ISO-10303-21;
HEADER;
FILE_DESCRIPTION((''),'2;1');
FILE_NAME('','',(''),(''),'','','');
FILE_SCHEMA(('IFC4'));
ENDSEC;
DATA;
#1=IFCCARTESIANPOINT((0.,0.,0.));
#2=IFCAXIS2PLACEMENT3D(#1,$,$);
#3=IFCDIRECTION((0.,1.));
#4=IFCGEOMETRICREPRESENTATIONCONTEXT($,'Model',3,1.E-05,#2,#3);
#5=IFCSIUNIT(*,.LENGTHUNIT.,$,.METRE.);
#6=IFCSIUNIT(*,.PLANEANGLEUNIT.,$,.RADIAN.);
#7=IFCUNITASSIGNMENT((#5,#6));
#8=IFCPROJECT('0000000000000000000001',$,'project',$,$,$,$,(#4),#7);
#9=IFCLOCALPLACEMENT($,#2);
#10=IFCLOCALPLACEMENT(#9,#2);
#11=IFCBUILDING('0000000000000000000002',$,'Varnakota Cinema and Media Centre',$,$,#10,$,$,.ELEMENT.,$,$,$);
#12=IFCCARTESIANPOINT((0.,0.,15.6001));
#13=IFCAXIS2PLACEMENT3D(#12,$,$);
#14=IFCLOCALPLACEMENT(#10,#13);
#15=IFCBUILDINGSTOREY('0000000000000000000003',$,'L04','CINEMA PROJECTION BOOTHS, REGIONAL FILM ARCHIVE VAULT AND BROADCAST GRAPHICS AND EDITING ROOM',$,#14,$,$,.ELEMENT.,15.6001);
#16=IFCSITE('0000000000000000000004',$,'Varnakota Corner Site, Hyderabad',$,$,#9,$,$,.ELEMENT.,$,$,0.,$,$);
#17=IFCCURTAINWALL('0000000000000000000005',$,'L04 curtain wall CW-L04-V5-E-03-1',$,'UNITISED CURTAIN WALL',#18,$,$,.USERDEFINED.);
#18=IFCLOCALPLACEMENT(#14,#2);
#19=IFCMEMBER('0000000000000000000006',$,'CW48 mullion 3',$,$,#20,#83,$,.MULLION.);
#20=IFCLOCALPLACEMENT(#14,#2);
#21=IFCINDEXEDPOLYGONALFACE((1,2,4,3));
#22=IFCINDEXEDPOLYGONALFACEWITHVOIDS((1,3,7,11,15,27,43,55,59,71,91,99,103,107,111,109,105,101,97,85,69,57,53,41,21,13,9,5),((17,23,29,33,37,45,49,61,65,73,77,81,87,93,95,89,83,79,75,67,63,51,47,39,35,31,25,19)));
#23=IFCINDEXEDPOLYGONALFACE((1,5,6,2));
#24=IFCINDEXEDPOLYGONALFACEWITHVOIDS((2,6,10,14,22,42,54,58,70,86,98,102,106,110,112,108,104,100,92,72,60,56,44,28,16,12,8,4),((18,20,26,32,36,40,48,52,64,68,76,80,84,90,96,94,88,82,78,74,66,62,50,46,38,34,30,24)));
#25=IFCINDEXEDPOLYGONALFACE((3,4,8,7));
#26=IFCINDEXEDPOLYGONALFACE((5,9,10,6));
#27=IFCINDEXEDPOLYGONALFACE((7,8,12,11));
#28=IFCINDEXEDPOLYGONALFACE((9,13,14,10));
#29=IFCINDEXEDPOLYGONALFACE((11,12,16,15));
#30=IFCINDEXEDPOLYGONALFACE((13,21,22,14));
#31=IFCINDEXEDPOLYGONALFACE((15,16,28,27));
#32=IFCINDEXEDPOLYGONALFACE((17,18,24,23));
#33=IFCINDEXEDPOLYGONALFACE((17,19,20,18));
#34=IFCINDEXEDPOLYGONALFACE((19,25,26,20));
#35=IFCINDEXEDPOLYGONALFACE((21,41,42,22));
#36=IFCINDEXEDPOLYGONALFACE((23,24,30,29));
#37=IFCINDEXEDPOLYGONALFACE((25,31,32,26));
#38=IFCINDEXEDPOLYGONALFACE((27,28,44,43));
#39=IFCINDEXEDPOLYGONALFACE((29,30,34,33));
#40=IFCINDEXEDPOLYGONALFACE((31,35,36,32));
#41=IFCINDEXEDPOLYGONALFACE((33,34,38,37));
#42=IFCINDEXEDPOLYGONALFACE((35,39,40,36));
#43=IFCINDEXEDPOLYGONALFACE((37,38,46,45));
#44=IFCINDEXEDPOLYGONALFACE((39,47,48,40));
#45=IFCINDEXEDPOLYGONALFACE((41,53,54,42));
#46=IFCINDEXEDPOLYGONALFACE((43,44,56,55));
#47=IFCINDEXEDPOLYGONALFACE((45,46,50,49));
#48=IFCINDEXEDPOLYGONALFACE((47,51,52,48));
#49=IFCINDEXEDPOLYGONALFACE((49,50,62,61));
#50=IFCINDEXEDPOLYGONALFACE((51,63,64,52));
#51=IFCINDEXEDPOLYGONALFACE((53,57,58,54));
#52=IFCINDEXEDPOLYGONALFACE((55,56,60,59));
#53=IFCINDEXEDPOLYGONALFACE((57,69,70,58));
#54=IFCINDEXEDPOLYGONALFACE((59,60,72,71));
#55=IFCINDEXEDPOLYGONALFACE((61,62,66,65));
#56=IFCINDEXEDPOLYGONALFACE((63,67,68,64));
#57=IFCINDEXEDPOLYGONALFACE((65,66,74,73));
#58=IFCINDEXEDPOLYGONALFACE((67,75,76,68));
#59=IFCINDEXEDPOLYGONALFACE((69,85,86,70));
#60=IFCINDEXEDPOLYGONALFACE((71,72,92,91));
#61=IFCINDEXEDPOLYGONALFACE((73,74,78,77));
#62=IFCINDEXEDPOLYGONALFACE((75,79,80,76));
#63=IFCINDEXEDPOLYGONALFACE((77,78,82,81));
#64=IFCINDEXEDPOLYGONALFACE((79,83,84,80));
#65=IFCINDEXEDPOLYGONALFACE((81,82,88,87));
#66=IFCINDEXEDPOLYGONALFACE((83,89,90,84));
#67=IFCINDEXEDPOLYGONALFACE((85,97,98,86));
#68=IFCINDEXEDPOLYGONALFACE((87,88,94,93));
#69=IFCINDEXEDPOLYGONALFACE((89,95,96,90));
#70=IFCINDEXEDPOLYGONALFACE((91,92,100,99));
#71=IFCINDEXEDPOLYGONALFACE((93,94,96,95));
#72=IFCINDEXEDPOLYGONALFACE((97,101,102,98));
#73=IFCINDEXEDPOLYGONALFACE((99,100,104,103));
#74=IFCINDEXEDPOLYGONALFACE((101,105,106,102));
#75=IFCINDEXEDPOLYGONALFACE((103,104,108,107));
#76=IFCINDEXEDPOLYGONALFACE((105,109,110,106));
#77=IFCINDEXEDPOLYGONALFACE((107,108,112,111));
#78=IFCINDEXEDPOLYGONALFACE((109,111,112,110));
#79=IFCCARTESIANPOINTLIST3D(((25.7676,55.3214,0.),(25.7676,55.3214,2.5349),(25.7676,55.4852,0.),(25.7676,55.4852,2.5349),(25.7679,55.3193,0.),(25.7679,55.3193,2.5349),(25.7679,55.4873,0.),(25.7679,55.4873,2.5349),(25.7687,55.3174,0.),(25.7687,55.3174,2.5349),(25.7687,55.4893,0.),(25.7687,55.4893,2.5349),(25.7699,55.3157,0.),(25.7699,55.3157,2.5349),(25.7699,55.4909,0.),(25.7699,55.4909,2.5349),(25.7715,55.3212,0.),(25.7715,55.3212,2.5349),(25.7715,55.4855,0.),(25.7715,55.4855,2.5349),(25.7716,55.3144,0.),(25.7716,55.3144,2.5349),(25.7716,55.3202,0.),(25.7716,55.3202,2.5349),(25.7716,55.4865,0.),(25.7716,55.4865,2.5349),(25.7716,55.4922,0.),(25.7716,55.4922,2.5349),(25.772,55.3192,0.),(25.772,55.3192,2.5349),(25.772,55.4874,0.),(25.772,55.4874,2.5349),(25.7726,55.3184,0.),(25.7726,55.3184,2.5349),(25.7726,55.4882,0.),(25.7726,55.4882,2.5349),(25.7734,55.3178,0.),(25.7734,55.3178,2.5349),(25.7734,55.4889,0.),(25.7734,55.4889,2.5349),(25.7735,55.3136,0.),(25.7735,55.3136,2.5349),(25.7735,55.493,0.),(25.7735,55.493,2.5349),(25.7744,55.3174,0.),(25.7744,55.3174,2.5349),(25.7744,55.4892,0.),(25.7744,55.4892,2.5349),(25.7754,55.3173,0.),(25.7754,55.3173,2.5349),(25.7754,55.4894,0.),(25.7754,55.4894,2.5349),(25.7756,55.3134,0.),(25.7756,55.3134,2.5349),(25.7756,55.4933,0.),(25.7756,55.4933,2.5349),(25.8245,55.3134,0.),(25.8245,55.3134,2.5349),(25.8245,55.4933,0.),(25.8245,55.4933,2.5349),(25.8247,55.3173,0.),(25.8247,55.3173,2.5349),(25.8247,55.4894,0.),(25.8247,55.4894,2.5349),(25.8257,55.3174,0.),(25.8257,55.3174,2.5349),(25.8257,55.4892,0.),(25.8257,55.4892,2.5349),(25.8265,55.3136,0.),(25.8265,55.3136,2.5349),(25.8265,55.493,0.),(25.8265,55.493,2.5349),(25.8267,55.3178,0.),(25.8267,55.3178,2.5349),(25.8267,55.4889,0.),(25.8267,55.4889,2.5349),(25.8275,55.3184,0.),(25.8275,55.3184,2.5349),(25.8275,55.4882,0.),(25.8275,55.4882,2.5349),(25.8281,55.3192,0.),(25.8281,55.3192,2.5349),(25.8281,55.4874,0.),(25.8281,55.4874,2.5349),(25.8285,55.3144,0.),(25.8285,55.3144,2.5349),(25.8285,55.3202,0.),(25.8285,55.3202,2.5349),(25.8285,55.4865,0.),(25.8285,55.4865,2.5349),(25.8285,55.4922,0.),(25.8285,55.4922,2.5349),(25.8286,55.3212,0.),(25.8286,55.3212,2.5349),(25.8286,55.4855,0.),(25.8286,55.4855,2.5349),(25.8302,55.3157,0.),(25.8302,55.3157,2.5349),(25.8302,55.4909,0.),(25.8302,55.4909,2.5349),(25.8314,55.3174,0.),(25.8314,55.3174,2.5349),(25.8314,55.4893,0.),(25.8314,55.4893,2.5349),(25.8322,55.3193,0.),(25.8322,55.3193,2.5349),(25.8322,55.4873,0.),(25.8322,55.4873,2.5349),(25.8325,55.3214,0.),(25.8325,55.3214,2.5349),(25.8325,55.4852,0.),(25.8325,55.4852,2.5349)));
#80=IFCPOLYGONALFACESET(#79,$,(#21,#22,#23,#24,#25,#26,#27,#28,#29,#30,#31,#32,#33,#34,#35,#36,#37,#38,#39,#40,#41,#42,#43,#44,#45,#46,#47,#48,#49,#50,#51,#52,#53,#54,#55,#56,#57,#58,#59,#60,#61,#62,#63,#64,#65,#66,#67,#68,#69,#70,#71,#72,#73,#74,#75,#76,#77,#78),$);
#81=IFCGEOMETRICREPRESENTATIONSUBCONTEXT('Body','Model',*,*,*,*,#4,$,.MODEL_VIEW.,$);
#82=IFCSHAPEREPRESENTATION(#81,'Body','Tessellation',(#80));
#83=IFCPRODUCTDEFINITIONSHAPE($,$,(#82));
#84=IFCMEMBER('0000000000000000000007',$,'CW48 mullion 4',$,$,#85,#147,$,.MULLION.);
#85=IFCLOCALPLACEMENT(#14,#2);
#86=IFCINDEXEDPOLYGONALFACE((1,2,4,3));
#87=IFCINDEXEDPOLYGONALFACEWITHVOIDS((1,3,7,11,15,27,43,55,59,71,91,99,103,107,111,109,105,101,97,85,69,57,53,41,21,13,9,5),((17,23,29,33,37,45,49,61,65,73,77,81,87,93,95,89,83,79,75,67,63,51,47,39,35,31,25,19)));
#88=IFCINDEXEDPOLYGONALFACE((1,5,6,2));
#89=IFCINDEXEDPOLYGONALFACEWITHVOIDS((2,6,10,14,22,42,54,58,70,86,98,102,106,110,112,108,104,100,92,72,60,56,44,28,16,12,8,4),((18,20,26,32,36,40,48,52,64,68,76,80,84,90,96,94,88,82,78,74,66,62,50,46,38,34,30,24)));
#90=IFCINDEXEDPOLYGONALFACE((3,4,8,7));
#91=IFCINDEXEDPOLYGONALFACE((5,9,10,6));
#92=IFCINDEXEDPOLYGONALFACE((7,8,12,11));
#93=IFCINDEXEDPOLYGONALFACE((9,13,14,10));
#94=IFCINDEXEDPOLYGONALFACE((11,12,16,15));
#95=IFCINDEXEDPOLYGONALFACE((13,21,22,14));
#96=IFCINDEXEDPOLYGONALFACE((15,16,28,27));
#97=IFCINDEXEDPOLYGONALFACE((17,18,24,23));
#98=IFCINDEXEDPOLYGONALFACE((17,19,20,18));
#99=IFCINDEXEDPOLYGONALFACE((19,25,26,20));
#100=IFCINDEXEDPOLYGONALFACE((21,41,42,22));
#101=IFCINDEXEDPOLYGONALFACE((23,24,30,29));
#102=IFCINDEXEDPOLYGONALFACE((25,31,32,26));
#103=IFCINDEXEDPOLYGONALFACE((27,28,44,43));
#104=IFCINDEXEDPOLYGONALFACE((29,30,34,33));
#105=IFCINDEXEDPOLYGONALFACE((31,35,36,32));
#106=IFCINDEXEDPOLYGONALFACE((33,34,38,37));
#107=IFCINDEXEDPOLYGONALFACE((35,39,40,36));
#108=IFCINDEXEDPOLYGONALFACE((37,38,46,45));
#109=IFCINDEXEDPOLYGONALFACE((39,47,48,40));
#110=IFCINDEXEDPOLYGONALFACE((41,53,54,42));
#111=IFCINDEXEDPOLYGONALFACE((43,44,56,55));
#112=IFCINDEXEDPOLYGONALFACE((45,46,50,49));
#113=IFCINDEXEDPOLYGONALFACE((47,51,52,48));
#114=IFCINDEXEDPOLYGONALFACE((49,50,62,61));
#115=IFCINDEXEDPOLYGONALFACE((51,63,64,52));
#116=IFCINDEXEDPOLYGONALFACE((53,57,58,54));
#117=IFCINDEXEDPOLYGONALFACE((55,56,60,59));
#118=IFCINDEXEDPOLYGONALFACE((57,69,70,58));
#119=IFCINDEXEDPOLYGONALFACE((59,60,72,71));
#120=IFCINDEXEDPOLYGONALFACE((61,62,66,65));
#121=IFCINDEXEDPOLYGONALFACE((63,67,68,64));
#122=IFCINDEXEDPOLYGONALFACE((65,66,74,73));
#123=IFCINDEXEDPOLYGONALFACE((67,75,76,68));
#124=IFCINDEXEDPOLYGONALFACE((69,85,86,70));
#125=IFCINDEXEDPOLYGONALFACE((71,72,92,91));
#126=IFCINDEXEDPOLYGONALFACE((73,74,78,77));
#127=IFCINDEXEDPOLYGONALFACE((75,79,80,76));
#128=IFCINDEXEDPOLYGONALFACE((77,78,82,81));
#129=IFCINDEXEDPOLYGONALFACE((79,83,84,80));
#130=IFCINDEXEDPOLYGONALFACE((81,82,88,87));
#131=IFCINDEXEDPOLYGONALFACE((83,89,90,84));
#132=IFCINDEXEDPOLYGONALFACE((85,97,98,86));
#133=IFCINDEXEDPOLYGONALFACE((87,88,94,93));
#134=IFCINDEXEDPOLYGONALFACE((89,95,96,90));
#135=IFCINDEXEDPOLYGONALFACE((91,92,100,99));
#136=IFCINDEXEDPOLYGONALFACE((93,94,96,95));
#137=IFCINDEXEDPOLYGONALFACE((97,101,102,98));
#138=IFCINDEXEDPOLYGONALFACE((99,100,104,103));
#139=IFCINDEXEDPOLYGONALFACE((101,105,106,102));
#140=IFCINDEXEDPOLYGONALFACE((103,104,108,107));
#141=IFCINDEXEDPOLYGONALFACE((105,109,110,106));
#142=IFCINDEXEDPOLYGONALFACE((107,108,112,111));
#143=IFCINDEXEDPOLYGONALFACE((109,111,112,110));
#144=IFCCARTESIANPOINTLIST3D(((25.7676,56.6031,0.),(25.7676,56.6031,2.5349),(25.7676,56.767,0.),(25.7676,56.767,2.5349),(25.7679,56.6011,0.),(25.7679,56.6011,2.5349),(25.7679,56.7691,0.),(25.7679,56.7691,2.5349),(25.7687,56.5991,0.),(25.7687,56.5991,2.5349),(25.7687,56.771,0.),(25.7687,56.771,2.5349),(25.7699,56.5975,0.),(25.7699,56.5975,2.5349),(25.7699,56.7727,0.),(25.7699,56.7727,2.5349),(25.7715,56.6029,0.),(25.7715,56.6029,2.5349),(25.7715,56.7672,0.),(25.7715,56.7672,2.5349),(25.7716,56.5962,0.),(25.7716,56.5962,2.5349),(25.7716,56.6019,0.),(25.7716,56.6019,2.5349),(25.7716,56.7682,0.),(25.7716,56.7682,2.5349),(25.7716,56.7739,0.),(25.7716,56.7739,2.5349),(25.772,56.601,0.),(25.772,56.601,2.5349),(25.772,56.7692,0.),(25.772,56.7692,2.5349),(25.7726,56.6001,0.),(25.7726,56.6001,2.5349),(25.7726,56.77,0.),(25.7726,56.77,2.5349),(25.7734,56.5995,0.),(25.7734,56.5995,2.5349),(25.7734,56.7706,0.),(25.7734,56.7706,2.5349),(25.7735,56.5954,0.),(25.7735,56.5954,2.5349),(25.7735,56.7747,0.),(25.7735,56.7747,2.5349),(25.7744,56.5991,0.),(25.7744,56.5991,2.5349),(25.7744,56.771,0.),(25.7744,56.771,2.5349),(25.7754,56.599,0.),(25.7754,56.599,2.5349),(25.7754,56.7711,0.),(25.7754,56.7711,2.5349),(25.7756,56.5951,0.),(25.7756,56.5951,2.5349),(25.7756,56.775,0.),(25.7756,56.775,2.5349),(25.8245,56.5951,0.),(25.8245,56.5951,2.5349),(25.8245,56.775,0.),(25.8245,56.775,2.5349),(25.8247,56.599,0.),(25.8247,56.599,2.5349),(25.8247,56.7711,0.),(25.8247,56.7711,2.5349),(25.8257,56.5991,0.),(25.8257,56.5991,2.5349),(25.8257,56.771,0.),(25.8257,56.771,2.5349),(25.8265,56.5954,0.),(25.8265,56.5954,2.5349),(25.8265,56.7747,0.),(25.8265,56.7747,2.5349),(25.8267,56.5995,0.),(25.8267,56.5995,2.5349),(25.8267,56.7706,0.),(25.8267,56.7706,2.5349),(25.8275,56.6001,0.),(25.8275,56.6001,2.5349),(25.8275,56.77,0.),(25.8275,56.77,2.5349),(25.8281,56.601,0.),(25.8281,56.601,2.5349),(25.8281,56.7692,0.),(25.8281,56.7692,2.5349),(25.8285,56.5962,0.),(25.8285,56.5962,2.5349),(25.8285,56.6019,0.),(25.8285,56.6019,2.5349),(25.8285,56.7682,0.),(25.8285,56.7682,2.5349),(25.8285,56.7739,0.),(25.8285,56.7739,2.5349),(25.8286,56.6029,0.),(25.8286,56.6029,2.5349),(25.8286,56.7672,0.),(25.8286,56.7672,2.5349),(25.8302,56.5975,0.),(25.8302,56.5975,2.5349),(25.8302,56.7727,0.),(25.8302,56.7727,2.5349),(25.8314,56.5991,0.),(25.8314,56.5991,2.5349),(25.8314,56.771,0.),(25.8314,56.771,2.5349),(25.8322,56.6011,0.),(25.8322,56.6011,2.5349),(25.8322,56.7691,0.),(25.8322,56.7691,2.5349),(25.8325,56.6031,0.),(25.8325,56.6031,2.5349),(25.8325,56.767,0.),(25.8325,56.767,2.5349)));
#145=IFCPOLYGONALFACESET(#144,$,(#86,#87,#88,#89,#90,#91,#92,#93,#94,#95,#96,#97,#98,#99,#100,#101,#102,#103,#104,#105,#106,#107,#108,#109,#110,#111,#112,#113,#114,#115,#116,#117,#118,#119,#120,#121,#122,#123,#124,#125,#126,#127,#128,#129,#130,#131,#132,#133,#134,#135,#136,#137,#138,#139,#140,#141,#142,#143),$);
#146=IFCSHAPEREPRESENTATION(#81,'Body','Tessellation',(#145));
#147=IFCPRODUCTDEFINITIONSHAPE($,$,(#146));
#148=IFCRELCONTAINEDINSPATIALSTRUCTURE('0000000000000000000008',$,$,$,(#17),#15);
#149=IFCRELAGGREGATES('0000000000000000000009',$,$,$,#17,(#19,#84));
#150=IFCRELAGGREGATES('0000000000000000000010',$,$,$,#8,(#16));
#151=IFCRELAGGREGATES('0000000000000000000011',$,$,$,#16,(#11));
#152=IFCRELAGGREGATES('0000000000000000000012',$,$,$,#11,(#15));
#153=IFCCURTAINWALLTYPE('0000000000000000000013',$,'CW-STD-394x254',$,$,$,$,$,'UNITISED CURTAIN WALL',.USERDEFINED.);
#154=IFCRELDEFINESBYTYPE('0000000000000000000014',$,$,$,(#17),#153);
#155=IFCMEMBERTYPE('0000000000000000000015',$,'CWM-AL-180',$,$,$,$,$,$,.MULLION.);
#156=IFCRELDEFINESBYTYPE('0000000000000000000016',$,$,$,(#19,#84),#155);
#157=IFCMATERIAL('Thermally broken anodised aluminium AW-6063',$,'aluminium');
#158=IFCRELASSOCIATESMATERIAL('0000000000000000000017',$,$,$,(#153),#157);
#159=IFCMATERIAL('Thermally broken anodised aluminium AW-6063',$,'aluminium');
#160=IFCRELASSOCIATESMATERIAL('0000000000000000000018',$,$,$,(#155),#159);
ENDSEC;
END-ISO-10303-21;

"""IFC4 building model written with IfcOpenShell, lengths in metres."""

from ifc_helpers import new_model, si_unit, direction, frame, origin, origin_2d, place, context, subcontext, project, spatial, hollow_rectangle, extrude, material, material_profile, profile_set, type_object, element, aggregate, save


model = new_model("IFC4")

# Units and contexts
model_context = context("Model", 3, precision=1e-05, world=origin(), true_north=direction((0.0, 1.0)))
body_context = subcontext(model_context, "Body", "Model", "MODEL_VIEW")
ifc_project = project(units=[si_unit("LENGTHUNIT", "METRE"), si_unit("PLANEANGLEUNIT", "RADIAN")], contexts=[model_context])

# Site, building, storey
site_placement = place(None, origin())
site = spatial("IfcSite", under=ifc_project, at=site_placement, Name="Varnakota Corner Site, Hyderabad", CompositionType="ELEMENT", RefElevation=0.0)
building_placement = place(site_placement, origin())
building = spatial("IfcBuilding", under=site, at=building_placement, Name="Varnakota Cinema and Media Centre", CompositionType="ELEMENT")
storey_placement = place(building_placement, frame((0.0, 0.0, 15.6001)))
storey = spatial("IfcBuildingStorey", under=building, at=storey_placement, Name="L04", Description="CINEMA PROJECTION BOOTHS, REGIONAL FILM ARCHIVE VAULT AND BROADCAST GRAPHICS AND EDITING ROOM", CompositionType="ELEMENT", Elevation=15.6001)

# Curtain wall, members
ifc_material_1 = material(Name="Thermally broken anodised aluminium AW-6063", Category="aluminium")
curtain_wall_type = type_object("IfcCurtainWallType", Name="CW-STD-394x254", ElementType="UNITISED CURTAIN WALL", PredefinedType="USERDEFINED", material=ifc_material_1)
curtain_wall_1_placement = place(storey_placement, origin())
curtain_wall_1 = element("IfcCurtainWall", 1, at=curtain_wall_1_placement, inside=storey, type_object=curtain_wall_type, Name="L04 curtain wall CW-L04-V5-E-03-1", ObjectType="UNITISED CURTAIN WALL", PredefinedType="USERDEFINED")
ifc_material_2 = material(Name="Thermally broken anodised aluminium AW-6063", Category="aluminium")
ifc_material_profile_1 = material_profile(ifc_material_2, hollow_rectangle(XDim=0.0649, YDim=0.1799, WallThickness=0.0039, InnerFilletRadius=0.0039, OuterFilletRadius=0.0081, at=origin_2d()), Name="AL-MULLION 180x65x4")
ifc_profile_set_1 = profile_set([ifc_material_profile_1], Name="Thermally broken anodised aluminium AW-6063")
member_type_1 = type_object("IfcMemberType", Name="CWM-AL-180", PredefinedType="MULLION", material=ifc_profile_set_1)
member_1_placement = place(storey_placement, frame((25.8, 55.4033, 0.0), z_axis=(0.0, 0.0, 1.0), x_axis=(-1.0, 0.0, 0.0)))
member_1 = element("IfcMember", 2, at=member_1_placement, type_object=member_type_1, Name="CW48 mullion 3", PredefinedType="MULLION", context=body_context, shape_type="SweptSolid", body=[
    extrude(hollow_rectangle(XDim=0.0649, YDim=0.1799, WallThickness=0.0039, InnerFilletRadius=0.0039, OuterFilletRadius=0.0081, at=origin_2d()), origin(), (0.0, 0.0, 1.0), 2.5349),
])
member_2_placement = place(storey_placement, frame((25.8, 56.6851, 0.0), z_axis=(0.0, 0.0, 1.0), x_axis=(-1.0, 0.0, 0.0)))
member_2 = element("IfcMember", 3, at=member_2_placement, type_object=member_type_1, Name="CW48 mullion 4", PredefinedType="MULLION", context=body_context, shape_type="SweptSolid", body=[
    extrude(hollow_rectangle(XDim=0.0649, YDim=0.1799, WallThickness=0.0039, InnerFilletRadius=0.0039, OuterFilletRadius=0.0081, at=origin_2d()), origin(), (0.0, 0.0, 1.0), 2.5349),
])

aggregate(curtain_wall_1, [member_1, member_2])

save(model, "model.ifc")
